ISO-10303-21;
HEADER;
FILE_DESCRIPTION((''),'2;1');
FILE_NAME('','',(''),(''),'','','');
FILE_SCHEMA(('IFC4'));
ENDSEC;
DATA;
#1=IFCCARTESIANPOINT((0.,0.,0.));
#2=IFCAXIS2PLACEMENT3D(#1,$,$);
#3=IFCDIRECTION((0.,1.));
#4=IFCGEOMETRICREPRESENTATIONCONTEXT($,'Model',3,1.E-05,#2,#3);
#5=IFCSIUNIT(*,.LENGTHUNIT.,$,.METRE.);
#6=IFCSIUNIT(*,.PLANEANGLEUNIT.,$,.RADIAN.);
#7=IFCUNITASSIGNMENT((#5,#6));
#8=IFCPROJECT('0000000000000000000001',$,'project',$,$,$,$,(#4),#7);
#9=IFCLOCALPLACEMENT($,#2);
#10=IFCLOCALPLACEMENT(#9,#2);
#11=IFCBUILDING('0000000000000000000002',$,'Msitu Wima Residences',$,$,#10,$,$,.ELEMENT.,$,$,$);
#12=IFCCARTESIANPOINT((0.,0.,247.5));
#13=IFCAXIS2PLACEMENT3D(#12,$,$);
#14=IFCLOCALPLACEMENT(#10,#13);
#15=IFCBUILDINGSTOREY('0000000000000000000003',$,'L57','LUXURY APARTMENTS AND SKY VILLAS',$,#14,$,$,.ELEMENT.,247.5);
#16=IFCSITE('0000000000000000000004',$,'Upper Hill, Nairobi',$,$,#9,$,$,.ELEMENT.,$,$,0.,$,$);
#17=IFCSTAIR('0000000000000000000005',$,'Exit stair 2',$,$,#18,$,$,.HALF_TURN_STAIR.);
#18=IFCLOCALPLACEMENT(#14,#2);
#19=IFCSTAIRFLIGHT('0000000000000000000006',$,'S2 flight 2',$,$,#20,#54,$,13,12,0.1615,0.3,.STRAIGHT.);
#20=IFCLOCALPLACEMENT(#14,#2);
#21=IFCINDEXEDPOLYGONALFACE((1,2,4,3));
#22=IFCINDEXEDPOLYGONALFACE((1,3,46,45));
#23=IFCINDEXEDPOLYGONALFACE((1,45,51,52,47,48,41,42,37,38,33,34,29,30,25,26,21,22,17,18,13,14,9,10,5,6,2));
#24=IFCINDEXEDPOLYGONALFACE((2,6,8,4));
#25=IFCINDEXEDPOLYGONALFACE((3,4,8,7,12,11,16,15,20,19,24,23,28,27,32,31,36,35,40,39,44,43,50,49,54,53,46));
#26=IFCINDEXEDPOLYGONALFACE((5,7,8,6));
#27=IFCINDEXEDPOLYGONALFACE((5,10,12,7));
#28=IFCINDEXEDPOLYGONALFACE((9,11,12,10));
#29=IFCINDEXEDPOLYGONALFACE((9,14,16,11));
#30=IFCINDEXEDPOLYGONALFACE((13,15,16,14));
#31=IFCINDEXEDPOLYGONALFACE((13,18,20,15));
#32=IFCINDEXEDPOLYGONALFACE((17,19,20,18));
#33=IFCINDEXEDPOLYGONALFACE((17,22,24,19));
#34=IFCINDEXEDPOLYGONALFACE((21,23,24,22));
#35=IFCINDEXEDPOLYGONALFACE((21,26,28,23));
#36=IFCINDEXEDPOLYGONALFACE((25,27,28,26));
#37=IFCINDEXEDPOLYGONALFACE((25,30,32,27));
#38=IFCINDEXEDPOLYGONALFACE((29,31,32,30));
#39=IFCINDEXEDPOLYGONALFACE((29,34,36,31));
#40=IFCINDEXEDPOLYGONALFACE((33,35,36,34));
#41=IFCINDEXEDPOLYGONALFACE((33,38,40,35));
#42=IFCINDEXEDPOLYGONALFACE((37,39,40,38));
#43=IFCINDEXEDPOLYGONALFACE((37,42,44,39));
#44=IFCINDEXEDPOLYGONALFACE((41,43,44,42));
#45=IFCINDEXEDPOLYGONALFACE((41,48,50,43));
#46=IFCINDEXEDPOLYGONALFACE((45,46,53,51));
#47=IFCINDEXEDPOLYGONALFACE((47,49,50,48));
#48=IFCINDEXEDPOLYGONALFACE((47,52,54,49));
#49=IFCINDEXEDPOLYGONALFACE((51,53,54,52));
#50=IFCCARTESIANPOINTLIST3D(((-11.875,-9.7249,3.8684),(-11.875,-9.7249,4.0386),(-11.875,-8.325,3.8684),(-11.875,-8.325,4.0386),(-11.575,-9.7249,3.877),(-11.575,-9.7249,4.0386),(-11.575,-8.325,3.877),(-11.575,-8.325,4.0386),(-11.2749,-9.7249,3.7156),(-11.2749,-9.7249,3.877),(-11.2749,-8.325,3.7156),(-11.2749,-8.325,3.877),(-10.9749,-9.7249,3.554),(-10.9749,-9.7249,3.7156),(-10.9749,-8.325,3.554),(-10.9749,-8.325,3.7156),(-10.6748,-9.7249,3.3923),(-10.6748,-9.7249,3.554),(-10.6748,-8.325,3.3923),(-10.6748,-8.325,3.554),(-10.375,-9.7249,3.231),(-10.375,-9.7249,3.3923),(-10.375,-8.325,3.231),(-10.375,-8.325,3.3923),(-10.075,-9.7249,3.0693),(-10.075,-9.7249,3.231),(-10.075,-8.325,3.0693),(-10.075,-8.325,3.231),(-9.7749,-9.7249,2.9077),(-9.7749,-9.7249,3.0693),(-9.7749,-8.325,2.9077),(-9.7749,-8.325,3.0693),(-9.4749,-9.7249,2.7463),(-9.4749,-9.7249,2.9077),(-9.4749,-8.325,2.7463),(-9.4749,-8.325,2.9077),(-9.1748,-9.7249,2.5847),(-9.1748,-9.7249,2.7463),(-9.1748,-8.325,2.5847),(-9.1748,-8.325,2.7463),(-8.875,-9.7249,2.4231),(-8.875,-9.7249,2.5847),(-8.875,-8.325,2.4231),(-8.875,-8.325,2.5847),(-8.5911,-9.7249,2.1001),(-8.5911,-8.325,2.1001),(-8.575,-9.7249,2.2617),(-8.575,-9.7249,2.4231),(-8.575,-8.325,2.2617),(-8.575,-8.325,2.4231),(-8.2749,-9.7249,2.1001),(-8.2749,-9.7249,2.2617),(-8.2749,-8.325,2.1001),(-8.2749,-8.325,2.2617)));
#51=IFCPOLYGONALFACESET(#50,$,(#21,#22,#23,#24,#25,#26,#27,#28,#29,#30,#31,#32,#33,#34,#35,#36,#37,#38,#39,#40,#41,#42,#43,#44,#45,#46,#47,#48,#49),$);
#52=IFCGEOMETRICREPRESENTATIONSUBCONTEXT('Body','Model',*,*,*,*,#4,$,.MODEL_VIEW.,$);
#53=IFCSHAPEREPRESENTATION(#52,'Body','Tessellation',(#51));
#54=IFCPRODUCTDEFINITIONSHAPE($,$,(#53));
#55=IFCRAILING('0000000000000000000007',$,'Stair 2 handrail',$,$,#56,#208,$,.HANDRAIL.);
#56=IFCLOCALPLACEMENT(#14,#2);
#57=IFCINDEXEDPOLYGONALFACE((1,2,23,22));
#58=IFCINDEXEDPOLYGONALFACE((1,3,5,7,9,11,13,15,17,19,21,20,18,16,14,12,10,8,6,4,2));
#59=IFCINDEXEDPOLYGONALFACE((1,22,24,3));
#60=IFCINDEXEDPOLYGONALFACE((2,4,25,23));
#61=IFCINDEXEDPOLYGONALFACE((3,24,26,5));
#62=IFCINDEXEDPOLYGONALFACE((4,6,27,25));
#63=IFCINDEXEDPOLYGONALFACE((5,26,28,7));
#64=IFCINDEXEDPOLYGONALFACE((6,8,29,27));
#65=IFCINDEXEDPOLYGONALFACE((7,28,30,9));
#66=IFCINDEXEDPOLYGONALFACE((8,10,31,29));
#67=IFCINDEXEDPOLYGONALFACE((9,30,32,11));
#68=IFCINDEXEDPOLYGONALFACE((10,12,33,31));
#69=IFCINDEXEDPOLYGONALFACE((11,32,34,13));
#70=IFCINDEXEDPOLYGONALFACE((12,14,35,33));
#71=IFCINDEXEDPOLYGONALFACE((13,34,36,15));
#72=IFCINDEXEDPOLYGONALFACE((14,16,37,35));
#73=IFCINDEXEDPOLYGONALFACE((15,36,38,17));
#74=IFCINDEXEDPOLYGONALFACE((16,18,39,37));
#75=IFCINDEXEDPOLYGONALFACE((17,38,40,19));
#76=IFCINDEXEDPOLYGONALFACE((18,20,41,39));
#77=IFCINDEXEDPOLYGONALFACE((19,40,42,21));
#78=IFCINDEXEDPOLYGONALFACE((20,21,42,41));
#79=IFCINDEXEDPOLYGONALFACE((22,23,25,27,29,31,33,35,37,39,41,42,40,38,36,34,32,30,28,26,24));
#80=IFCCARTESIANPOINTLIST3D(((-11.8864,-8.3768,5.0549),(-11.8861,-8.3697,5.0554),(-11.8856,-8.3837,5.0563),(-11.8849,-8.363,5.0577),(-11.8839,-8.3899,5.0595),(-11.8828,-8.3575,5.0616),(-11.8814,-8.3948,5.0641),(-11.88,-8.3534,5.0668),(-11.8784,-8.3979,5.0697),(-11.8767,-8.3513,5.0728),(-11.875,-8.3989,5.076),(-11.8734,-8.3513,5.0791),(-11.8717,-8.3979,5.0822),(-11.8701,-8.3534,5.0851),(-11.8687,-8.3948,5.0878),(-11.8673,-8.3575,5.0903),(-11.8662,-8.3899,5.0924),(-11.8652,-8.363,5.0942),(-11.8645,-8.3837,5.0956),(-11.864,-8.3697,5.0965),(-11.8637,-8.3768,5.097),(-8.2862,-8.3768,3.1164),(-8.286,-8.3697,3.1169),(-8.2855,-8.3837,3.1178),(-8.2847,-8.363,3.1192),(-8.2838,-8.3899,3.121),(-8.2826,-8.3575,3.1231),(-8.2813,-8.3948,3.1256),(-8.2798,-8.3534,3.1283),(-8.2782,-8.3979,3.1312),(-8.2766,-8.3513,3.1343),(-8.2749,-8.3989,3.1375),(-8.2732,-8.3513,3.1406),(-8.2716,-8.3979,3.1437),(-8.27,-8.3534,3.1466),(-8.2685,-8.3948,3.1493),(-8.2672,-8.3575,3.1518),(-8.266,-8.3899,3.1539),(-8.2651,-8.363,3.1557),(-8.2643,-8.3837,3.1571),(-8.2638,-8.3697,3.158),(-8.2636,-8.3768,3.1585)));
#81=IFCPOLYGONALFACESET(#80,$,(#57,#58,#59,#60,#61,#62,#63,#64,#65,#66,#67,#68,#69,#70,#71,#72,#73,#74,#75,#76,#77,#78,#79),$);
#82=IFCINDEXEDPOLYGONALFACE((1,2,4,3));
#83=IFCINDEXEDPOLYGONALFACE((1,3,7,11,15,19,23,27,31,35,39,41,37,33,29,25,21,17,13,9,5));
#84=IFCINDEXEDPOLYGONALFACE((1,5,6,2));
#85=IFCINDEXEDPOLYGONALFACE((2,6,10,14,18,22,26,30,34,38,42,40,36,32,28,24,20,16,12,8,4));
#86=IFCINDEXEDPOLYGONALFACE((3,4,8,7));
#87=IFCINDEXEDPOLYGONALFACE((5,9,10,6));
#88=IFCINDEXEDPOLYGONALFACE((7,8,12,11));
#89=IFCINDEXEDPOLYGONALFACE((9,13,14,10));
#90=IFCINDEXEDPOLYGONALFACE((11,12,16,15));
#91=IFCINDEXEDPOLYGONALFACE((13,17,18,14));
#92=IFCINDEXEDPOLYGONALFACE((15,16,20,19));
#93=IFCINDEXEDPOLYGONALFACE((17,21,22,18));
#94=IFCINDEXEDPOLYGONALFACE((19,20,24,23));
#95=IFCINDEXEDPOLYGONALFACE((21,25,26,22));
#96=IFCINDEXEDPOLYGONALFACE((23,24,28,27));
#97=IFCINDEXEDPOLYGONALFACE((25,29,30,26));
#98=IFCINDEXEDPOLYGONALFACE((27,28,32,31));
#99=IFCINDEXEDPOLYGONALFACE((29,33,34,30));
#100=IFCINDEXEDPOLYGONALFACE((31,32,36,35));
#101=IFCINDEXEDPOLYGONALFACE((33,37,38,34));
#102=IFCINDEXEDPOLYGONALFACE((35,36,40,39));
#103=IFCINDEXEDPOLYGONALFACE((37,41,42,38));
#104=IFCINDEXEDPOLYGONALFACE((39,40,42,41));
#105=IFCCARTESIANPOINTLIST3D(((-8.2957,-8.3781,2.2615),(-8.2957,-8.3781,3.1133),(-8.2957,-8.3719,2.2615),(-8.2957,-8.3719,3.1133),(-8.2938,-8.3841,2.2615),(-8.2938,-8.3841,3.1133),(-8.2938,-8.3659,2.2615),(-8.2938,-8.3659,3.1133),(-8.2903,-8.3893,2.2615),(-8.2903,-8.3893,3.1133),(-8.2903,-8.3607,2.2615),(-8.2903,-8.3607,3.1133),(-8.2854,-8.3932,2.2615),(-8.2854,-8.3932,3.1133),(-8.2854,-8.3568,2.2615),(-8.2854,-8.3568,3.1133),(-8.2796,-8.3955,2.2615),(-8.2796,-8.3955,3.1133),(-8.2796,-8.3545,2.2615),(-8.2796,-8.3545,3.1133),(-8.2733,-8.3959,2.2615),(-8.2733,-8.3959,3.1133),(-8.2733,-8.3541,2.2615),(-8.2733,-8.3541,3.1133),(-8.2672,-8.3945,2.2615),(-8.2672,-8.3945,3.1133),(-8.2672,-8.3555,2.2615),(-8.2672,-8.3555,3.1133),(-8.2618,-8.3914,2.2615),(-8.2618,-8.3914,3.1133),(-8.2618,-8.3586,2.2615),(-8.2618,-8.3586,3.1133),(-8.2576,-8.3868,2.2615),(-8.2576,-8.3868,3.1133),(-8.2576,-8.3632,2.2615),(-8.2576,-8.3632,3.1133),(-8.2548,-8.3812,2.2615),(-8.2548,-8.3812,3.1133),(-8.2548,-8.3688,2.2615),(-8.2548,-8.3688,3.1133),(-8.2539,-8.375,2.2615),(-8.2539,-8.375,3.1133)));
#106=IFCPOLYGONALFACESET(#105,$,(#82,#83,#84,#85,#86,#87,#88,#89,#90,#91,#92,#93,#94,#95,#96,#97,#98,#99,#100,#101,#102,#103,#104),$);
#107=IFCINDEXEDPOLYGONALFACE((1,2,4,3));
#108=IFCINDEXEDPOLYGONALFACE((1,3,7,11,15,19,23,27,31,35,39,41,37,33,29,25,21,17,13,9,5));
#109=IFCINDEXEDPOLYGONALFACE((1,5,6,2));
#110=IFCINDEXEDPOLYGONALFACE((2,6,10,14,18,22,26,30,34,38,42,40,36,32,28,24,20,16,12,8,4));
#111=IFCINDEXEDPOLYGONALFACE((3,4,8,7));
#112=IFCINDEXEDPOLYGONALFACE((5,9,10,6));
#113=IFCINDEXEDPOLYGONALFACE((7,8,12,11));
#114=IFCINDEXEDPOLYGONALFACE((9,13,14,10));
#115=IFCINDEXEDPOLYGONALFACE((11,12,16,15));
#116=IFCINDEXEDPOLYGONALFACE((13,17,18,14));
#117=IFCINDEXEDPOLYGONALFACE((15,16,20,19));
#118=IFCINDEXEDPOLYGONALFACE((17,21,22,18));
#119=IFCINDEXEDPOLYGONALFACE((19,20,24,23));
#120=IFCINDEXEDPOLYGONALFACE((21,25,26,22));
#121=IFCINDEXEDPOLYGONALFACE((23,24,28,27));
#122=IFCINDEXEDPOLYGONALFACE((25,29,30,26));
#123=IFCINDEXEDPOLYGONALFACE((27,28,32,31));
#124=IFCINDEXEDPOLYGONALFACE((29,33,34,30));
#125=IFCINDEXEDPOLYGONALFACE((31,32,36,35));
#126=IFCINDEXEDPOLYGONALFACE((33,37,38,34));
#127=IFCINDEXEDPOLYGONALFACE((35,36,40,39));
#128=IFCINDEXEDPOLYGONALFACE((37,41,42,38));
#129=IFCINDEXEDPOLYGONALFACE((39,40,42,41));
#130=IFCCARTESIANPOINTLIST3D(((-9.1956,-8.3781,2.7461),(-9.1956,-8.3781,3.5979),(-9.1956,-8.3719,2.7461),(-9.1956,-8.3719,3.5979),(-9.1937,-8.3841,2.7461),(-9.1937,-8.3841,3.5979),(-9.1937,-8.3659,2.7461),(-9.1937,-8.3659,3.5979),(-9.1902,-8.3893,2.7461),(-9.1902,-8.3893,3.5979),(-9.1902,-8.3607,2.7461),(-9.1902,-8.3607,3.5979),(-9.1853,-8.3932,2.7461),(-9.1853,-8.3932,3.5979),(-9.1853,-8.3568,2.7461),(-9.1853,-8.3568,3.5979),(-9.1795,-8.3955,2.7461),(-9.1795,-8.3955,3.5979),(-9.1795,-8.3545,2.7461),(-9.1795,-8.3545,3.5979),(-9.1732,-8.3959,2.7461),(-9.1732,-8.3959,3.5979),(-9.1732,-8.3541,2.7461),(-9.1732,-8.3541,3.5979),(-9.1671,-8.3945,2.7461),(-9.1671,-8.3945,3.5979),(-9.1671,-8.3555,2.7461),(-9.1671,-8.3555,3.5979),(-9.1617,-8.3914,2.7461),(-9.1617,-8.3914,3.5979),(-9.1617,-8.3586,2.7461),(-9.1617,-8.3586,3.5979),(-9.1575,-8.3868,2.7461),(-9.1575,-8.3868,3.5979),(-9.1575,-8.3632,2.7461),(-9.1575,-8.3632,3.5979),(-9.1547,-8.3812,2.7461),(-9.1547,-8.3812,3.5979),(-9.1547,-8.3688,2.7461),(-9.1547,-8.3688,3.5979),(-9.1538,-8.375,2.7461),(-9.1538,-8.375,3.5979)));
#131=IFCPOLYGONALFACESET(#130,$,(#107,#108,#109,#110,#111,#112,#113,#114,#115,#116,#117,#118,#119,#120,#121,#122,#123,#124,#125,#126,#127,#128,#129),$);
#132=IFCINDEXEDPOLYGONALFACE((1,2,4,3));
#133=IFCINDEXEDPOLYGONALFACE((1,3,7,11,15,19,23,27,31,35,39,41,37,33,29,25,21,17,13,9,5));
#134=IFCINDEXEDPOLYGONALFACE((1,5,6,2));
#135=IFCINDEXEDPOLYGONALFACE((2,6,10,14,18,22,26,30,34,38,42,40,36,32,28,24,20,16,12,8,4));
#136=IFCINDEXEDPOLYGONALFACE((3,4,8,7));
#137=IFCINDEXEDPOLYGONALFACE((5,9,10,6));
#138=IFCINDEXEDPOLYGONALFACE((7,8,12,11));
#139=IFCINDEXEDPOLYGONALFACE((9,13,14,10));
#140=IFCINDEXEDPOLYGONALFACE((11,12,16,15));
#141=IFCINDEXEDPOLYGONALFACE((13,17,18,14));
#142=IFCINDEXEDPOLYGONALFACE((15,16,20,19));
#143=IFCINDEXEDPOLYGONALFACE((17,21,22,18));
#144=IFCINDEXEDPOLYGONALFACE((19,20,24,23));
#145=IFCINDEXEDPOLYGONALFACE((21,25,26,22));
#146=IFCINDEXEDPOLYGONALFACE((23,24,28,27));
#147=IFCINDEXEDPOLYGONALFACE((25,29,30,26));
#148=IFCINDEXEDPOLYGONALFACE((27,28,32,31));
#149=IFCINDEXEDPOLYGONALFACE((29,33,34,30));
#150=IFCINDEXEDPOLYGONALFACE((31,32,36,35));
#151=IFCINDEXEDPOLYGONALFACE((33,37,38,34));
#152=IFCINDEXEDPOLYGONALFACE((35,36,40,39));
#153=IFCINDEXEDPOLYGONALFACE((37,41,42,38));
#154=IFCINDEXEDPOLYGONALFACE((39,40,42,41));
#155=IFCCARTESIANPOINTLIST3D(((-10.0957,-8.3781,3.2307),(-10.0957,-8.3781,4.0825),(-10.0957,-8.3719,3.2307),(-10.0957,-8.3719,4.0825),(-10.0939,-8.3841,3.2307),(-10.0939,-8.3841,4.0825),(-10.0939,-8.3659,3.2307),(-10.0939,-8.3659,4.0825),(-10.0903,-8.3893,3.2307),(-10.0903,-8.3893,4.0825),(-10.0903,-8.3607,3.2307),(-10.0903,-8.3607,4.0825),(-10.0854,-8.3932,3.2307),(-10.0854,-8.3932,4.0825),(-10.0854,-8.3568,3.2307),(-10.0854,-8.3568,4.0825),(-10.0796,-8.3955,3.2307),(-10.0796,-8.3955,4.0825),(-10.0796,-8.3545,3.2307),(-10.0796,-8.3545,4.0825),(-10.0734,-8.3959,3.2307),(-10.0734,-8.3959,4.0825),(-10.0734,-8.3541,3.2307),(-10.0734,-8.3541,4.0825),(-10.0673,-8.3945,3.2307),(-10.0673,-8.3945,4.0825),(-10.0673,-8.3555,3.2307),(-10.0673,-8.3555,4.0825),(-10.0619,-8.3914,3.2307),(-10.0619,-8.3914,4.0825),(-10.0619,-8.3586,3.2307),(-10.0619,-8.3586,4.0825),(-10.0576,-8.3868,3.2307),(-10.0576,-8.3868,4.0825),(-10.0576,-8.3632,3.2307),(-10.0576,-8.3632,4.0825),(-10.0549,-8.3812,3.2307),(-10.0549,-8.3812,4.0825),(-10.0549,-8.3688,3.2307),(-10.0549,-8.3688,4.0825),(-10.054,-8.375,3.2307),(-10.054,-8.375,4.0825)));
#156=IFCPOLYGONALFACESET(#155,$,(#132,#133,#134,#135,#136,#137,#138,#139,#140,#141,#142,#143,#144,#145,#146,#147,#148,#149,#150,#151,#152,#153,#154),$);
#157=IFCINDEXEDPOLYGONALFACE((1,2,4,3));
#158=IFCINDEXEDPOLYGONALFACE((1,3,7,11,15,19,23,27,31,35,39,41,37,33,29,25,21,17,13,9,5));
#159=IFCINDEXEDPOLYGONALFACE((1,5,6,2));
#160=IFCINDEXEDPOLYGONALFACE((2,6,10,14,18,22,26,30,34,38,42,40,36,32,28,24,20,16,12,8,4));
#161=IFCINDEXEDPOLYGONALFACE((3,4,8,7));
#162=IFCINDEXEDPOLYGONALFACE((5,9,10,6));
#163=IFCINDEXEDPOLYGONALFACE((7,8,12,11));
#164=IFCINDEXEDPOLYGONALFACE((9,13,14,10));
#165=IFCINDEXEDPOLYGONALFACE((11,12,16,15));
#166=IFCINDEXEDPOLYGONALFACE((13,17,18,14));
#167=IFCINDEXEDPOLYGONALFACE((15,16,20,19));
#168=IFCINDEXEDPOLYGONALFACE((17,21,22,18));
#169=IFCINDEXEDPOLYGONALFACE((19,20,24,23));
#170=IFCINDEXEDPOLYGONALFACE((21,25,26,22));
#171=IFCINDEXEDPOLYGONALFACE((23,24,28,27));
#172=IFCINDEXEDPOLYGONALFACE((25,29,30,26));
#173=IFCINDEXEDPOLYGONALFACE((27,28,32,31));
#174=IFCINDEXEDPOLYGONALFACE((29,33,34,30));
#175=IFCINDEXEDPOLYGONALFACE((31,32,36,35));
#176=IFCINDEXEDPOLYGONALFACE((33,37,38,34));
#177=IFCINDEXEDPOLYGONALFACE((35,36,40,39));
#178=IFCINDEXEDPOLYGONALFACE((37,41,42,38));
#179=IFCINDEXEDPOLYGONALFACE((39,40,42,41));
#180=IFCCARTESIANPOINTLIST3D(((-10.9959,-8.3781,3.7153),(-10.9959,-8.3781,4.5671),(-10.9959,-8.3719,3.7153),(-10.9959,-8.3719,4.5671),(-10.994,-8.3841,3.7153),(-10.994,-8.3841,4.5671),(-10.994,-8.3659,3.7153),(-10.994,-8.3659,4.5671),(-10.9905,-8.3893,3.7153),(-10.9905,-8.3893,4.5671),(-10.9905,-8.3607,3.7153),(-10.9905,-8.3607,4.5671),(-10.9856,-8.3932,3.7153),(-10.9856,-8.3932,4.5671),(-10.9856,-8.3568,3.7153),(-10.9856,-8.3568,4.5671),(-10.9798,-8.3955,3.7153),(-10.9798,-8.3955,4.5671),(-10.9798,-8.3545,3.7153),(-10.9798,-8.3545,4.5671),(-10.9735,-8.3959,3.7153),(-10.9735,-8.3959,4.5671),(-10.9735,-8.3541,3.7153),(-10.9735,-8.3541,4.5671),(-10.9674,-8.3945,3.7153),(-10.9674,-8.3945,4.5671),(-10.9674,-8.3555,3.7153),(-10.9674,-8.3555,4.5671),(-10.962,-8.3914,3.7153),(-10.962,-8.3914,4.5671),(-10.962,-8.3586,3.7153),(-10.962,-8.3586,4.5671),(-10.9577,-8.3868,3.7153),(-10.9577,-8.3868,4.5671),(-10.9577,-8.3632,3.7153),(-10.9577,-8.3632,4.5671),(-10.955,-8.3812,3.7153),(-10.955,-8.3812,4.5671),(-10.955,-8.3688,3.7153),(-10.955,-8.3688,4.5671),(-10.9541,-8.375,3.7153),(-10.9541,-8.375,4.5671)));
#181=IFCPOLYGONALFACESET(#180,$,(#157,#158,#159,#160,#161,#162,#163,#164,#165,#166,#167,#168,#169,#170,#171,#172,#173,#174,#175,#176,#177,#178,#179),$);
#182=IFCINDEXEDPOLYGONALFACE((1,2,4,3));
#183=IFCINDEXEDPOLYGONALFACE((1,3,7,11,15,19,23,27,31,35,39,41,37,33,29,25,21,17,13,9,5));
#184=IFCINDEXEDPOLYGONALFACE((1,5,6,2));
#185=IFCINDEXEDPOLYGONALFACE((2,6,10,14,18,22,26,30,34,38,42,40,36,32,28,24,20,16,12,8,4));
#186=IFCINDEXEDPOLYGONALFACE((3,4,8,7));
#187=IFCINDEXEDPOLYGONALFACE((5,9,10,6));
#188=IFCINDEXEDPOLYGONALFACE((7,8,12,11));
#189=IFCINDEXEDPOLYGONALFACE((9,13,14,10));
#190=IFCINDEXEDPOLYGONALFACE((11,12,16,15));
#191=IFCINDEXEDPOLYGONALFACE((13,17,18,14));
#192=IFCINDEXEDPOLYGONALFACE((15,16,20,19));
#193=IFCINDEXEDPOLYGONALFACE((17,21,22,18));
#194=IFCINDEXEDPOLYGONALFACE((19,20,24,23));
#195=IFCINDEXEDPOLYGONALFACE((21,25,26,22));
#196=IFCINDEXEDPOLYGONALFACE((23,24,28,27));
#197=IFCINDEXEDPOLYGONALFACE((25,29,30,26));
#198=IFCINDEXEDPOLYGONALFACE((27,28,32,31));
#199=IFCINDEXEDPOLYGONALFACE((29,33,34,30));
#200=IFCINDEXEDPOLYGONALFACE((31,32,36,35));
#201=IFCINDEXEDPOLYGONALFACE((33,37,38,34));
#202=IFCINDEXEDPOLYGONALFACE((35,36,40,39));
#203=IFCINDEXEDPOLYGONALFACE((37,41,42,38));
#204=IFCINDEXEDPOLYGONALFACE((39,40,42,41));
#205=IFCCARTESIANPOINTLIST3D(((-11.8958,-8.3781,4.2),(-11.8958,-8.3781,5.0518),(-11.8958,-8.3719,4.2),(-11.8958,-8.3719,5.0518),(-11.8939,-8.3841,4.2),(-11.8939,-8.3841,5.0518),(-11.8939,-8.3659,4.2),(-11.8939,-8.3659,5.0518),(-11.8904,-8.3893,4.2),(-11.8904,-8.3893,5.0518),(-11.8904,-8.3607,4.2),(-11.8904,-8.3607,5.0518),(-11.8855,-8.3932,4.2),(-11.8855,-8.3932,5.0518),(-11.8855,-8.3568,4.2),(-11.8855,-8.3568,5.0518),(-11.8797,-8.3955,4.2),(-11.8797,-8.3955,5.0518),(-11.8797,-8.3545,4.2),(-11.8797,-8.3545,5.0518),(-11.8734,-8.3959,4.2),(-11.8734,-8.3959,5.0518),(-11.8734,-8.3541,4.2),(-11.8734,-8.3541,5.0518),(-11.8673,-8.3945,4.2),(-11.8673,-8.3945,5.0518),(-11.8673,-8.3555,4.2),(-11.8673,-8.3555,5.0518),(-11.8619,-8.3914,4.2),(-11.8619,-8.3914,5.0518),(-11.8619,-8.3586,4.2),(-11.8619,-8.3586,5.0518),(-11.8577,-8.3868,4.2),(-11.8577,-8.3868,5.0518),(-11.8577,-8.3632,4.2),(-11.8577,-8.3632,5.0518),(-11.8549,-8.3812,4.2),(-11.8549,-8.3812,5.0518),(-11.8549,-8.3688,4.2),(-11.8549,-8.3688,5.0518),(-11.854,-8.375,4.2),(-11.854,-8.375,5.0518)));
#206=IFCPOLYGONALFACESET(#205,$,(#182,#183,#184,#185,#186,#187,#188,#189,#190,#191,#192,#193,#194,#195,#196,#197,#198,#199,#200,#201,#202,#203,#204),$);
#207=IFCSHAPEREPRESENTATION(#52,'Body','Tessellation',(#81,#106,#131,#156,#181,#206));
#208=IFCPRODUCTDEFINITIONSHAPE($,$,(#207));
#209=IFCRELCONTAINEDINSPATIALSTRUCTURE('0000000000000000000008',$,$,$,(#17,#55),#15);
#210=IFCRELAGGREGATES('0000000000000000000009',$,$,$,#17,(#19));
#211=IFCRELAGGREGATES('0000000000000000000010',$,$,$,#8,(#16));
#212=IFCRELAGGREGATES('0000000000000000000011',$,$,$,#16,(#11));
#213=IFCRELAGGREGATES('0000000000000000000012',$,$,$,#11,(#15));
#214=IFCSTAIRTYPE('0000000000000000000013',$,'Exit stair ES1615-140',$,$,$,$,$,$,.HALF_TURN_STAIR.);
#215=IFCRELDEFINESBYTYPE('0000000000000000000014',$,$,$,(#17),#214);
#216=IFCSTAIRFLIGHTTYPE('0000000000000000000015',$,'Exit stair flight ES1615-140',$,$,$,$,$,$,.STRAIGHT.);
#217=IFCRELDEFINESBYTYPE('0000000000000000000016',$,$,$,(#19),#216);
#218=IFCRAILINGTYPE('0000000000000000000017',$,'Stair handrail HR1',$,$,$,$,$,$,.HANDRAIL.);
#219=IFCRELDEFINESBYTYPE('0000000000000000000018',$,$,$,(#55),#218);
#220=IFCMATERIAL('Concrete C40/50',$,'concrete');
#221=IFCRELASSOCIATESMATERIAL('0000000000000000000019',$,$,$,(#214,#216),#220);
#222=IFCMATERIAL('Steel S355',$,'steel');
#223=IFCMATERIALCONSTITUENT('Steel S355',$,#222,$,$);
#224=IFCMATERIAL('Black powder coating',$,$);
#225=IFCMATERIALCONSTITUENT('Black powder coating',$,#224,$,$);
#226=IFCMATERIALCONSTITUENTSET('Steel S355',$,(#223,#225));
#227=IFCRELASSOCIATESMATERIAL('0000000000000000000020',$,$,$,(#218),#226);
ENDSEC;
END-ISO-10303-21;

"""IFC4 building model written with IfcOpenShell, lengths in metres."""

from ifc_helpers import new_model, si_unit, direction, frame, origin, origin_2d, place, context, subcontext, project, spatial, polyline, circle, outline, extrude, material, constituent, constituent_set, type_object, element, aggregate, save


model = new_model("IFC4")

# Units and contexts
model_context = context("Model", 3, precision=1e-05, world=origin(), true_north=direction((0.0, 1.0)))
body_context = subcontext(model_context, "Body", "Model", "MODEL_VIEW")
ifc_project = project(units=[si_unit("LENGTHUNIT", "METRE"), si_unit("PLANEANGLEUNIT", "RADIAN")], contexts=[model_context])

# Site, building, storey
site_placement = place(None, origin())
site = spatial("IfcSite", under=ifc_project, at=site_placement, Name="Upper Hill, Nairobi", CompositionType="ELEMENT", RefElevation=0.0)
building_placement = place(site_placement, origin())
building = spatial("IfcBuilding", under=site, at=building_placement, Name="Msitu Wima Residences", CompositionType="ELEMENT")
storey_placement = place(building_placement, frame((0.0, 0.0, 247.5)))
storey = spatial("IfcBuildingStorey", under=building, at=storey_placement, Name="L57", Description="LUXURY APARTMENTS AND SKY VILLAS", CompositionType="ELEMENT", Elevation=247.5)

# Shared definitions
ifc_material_1 = material(Name="Concrete C40/50", Category="concrete")

# Stair, stair flight
stair_type = type_object("IfcStairType", Name="Exit stair ES1615-140", PredefinedType="HALF_TURN_STAIR", material=ifc_material_1)
stair_placement = place(storey_placement, origin())
stair = element("IfcStair", 1, at=stair_placement, inside=storey, type_object=stair_type, Name="Exit stair 2", PredefinedType="HALF_TURN_STAIR")
stair_flight_type = type_object("IfcStairFlightType", Name="Exit stair flight ES1615-140", PredefinedType="STRAIGHT", material=ifc_material_1)
stair_flight_placement = place(storey_placement, frame((-8.2749, -9.0249, 2.1001), z_axis=(0.0, 0.0, 1.0), x_axis=(-1.0, 0.0, 0.0)))
stair_flight = element("IfcStairFlight", 2, at=stair_flight_placement, type_object=stair_flight_type, Name="S2 flight 2", NumberOfRisers=13, NumberOfTreads=12, PredefinedType="STRAIGHT", RiserHeight=0.1615, TreadLength=0.3, context=body_context, shape_type="SweptSolid", body=[
    extrude(outline(polyline([(0.0, 0.0), (0.0, 0.1616), (0.3, 0.1616), (0.3, 0.323), (0.6001, 0.323), (0.6001, 0.4846), (0.8999, 0.4846), (0.8999, 0.6462), (1.2, 0.6462), (1.2, 0.8076), (1.5, 0.8076), (1.5, 0.9692), (1.8, 0.9692), (1.8, 1.1309), (2.1001, 1.1309), (2.1001, 1.2922), (2.3999, 1.2922), (2.3999, 1.4539), (2.7, 1.4539), (2.7, 1.6155), (3.0, 1.6155), (3.0, 1.7769), (3.3, 1.7769), (3.3, 1.9385), (3.6001, 1.9385), (3.6001, 2.1001), (3.6001, 1.7683), (0.3162, 0.0), (0.0, 0.0)])), frame((0.0, 0.7, 0.0), z_axis=(0.0, -1.0, 0.0), x_axis=(1.0, 0.0, 0.0)), (0.0, 0.0, 1.0), 1.3999),
])
aggregate(stair, [stair_flight])

# Railing
ifc_material_2 = material(Name="Steel S355", Category="steel")
ifc_constituent_1 = constituent(ifc_material_2, Name="Steel S355")
ifc_material_3 = material(Name="Black powder coating")
ifc_constituent_2 = constituent(ifc_material_3, Name="Black powder coating")
ifc_constituent_set = constituent_set(constituents=[ifc_constituent_1, ifc_constituent_2], Name="Steel S355")
railing_type = type_object("IfcRailingType", Name="Stair handrail HR1", PredefinedType="HANDRAIL", material=ifc_constituent_set)
railing_placement = place(storey_placement, frame((-8.2749, -8.375, 2.2615)))
element("IfcRailing", 3, at=railing_placement, inside=storey, type_object=railing_type, Name="Stair 2 handrail", PredefinedType="HANDRAIL", context=body_context, shape_type="SweptSolid", body=[
    extrude(circle(Radius=0.0239, at=origin_2d()), frame((0.0, 0.0, 0.876), z_axis=(-0.880475, 0.0, 0.474093), x_axis=(0.0, -1.0, 0.0)), (0.0, 0.0, 1.0), 4.0889),
    extrude(circle(Radius=0.021, at=origin_2d()), origin(), (0.0, 0.0, 1.0), 0.8518),
    extrude(circle(Radius=0.021, at=origin_2d()), frame((-0.8999, 0.0, 0.4846)), (0.0, 0.0, 1.0), 0.8518),
    extrude(circle(Radius=0.021, at=origin_2d()), frame((-1.8, 0.0, 0.9692)), (0.0, 0.0, 1.0), 0.8518),
    extrude(circle(Radius=0.021, at=origin_2d()), frame((-2.7002, 0.0, 1.4539)), (0.0, 0.0, 1.0), 0.8518),
    extrude(circle(Radius=0.021, at=origin_2d()), frame((-3.6001, 0.0, 1.9385)), (0.0, 0.0, 1.0), 0.8518),
])

save(model, "model.ifc")
